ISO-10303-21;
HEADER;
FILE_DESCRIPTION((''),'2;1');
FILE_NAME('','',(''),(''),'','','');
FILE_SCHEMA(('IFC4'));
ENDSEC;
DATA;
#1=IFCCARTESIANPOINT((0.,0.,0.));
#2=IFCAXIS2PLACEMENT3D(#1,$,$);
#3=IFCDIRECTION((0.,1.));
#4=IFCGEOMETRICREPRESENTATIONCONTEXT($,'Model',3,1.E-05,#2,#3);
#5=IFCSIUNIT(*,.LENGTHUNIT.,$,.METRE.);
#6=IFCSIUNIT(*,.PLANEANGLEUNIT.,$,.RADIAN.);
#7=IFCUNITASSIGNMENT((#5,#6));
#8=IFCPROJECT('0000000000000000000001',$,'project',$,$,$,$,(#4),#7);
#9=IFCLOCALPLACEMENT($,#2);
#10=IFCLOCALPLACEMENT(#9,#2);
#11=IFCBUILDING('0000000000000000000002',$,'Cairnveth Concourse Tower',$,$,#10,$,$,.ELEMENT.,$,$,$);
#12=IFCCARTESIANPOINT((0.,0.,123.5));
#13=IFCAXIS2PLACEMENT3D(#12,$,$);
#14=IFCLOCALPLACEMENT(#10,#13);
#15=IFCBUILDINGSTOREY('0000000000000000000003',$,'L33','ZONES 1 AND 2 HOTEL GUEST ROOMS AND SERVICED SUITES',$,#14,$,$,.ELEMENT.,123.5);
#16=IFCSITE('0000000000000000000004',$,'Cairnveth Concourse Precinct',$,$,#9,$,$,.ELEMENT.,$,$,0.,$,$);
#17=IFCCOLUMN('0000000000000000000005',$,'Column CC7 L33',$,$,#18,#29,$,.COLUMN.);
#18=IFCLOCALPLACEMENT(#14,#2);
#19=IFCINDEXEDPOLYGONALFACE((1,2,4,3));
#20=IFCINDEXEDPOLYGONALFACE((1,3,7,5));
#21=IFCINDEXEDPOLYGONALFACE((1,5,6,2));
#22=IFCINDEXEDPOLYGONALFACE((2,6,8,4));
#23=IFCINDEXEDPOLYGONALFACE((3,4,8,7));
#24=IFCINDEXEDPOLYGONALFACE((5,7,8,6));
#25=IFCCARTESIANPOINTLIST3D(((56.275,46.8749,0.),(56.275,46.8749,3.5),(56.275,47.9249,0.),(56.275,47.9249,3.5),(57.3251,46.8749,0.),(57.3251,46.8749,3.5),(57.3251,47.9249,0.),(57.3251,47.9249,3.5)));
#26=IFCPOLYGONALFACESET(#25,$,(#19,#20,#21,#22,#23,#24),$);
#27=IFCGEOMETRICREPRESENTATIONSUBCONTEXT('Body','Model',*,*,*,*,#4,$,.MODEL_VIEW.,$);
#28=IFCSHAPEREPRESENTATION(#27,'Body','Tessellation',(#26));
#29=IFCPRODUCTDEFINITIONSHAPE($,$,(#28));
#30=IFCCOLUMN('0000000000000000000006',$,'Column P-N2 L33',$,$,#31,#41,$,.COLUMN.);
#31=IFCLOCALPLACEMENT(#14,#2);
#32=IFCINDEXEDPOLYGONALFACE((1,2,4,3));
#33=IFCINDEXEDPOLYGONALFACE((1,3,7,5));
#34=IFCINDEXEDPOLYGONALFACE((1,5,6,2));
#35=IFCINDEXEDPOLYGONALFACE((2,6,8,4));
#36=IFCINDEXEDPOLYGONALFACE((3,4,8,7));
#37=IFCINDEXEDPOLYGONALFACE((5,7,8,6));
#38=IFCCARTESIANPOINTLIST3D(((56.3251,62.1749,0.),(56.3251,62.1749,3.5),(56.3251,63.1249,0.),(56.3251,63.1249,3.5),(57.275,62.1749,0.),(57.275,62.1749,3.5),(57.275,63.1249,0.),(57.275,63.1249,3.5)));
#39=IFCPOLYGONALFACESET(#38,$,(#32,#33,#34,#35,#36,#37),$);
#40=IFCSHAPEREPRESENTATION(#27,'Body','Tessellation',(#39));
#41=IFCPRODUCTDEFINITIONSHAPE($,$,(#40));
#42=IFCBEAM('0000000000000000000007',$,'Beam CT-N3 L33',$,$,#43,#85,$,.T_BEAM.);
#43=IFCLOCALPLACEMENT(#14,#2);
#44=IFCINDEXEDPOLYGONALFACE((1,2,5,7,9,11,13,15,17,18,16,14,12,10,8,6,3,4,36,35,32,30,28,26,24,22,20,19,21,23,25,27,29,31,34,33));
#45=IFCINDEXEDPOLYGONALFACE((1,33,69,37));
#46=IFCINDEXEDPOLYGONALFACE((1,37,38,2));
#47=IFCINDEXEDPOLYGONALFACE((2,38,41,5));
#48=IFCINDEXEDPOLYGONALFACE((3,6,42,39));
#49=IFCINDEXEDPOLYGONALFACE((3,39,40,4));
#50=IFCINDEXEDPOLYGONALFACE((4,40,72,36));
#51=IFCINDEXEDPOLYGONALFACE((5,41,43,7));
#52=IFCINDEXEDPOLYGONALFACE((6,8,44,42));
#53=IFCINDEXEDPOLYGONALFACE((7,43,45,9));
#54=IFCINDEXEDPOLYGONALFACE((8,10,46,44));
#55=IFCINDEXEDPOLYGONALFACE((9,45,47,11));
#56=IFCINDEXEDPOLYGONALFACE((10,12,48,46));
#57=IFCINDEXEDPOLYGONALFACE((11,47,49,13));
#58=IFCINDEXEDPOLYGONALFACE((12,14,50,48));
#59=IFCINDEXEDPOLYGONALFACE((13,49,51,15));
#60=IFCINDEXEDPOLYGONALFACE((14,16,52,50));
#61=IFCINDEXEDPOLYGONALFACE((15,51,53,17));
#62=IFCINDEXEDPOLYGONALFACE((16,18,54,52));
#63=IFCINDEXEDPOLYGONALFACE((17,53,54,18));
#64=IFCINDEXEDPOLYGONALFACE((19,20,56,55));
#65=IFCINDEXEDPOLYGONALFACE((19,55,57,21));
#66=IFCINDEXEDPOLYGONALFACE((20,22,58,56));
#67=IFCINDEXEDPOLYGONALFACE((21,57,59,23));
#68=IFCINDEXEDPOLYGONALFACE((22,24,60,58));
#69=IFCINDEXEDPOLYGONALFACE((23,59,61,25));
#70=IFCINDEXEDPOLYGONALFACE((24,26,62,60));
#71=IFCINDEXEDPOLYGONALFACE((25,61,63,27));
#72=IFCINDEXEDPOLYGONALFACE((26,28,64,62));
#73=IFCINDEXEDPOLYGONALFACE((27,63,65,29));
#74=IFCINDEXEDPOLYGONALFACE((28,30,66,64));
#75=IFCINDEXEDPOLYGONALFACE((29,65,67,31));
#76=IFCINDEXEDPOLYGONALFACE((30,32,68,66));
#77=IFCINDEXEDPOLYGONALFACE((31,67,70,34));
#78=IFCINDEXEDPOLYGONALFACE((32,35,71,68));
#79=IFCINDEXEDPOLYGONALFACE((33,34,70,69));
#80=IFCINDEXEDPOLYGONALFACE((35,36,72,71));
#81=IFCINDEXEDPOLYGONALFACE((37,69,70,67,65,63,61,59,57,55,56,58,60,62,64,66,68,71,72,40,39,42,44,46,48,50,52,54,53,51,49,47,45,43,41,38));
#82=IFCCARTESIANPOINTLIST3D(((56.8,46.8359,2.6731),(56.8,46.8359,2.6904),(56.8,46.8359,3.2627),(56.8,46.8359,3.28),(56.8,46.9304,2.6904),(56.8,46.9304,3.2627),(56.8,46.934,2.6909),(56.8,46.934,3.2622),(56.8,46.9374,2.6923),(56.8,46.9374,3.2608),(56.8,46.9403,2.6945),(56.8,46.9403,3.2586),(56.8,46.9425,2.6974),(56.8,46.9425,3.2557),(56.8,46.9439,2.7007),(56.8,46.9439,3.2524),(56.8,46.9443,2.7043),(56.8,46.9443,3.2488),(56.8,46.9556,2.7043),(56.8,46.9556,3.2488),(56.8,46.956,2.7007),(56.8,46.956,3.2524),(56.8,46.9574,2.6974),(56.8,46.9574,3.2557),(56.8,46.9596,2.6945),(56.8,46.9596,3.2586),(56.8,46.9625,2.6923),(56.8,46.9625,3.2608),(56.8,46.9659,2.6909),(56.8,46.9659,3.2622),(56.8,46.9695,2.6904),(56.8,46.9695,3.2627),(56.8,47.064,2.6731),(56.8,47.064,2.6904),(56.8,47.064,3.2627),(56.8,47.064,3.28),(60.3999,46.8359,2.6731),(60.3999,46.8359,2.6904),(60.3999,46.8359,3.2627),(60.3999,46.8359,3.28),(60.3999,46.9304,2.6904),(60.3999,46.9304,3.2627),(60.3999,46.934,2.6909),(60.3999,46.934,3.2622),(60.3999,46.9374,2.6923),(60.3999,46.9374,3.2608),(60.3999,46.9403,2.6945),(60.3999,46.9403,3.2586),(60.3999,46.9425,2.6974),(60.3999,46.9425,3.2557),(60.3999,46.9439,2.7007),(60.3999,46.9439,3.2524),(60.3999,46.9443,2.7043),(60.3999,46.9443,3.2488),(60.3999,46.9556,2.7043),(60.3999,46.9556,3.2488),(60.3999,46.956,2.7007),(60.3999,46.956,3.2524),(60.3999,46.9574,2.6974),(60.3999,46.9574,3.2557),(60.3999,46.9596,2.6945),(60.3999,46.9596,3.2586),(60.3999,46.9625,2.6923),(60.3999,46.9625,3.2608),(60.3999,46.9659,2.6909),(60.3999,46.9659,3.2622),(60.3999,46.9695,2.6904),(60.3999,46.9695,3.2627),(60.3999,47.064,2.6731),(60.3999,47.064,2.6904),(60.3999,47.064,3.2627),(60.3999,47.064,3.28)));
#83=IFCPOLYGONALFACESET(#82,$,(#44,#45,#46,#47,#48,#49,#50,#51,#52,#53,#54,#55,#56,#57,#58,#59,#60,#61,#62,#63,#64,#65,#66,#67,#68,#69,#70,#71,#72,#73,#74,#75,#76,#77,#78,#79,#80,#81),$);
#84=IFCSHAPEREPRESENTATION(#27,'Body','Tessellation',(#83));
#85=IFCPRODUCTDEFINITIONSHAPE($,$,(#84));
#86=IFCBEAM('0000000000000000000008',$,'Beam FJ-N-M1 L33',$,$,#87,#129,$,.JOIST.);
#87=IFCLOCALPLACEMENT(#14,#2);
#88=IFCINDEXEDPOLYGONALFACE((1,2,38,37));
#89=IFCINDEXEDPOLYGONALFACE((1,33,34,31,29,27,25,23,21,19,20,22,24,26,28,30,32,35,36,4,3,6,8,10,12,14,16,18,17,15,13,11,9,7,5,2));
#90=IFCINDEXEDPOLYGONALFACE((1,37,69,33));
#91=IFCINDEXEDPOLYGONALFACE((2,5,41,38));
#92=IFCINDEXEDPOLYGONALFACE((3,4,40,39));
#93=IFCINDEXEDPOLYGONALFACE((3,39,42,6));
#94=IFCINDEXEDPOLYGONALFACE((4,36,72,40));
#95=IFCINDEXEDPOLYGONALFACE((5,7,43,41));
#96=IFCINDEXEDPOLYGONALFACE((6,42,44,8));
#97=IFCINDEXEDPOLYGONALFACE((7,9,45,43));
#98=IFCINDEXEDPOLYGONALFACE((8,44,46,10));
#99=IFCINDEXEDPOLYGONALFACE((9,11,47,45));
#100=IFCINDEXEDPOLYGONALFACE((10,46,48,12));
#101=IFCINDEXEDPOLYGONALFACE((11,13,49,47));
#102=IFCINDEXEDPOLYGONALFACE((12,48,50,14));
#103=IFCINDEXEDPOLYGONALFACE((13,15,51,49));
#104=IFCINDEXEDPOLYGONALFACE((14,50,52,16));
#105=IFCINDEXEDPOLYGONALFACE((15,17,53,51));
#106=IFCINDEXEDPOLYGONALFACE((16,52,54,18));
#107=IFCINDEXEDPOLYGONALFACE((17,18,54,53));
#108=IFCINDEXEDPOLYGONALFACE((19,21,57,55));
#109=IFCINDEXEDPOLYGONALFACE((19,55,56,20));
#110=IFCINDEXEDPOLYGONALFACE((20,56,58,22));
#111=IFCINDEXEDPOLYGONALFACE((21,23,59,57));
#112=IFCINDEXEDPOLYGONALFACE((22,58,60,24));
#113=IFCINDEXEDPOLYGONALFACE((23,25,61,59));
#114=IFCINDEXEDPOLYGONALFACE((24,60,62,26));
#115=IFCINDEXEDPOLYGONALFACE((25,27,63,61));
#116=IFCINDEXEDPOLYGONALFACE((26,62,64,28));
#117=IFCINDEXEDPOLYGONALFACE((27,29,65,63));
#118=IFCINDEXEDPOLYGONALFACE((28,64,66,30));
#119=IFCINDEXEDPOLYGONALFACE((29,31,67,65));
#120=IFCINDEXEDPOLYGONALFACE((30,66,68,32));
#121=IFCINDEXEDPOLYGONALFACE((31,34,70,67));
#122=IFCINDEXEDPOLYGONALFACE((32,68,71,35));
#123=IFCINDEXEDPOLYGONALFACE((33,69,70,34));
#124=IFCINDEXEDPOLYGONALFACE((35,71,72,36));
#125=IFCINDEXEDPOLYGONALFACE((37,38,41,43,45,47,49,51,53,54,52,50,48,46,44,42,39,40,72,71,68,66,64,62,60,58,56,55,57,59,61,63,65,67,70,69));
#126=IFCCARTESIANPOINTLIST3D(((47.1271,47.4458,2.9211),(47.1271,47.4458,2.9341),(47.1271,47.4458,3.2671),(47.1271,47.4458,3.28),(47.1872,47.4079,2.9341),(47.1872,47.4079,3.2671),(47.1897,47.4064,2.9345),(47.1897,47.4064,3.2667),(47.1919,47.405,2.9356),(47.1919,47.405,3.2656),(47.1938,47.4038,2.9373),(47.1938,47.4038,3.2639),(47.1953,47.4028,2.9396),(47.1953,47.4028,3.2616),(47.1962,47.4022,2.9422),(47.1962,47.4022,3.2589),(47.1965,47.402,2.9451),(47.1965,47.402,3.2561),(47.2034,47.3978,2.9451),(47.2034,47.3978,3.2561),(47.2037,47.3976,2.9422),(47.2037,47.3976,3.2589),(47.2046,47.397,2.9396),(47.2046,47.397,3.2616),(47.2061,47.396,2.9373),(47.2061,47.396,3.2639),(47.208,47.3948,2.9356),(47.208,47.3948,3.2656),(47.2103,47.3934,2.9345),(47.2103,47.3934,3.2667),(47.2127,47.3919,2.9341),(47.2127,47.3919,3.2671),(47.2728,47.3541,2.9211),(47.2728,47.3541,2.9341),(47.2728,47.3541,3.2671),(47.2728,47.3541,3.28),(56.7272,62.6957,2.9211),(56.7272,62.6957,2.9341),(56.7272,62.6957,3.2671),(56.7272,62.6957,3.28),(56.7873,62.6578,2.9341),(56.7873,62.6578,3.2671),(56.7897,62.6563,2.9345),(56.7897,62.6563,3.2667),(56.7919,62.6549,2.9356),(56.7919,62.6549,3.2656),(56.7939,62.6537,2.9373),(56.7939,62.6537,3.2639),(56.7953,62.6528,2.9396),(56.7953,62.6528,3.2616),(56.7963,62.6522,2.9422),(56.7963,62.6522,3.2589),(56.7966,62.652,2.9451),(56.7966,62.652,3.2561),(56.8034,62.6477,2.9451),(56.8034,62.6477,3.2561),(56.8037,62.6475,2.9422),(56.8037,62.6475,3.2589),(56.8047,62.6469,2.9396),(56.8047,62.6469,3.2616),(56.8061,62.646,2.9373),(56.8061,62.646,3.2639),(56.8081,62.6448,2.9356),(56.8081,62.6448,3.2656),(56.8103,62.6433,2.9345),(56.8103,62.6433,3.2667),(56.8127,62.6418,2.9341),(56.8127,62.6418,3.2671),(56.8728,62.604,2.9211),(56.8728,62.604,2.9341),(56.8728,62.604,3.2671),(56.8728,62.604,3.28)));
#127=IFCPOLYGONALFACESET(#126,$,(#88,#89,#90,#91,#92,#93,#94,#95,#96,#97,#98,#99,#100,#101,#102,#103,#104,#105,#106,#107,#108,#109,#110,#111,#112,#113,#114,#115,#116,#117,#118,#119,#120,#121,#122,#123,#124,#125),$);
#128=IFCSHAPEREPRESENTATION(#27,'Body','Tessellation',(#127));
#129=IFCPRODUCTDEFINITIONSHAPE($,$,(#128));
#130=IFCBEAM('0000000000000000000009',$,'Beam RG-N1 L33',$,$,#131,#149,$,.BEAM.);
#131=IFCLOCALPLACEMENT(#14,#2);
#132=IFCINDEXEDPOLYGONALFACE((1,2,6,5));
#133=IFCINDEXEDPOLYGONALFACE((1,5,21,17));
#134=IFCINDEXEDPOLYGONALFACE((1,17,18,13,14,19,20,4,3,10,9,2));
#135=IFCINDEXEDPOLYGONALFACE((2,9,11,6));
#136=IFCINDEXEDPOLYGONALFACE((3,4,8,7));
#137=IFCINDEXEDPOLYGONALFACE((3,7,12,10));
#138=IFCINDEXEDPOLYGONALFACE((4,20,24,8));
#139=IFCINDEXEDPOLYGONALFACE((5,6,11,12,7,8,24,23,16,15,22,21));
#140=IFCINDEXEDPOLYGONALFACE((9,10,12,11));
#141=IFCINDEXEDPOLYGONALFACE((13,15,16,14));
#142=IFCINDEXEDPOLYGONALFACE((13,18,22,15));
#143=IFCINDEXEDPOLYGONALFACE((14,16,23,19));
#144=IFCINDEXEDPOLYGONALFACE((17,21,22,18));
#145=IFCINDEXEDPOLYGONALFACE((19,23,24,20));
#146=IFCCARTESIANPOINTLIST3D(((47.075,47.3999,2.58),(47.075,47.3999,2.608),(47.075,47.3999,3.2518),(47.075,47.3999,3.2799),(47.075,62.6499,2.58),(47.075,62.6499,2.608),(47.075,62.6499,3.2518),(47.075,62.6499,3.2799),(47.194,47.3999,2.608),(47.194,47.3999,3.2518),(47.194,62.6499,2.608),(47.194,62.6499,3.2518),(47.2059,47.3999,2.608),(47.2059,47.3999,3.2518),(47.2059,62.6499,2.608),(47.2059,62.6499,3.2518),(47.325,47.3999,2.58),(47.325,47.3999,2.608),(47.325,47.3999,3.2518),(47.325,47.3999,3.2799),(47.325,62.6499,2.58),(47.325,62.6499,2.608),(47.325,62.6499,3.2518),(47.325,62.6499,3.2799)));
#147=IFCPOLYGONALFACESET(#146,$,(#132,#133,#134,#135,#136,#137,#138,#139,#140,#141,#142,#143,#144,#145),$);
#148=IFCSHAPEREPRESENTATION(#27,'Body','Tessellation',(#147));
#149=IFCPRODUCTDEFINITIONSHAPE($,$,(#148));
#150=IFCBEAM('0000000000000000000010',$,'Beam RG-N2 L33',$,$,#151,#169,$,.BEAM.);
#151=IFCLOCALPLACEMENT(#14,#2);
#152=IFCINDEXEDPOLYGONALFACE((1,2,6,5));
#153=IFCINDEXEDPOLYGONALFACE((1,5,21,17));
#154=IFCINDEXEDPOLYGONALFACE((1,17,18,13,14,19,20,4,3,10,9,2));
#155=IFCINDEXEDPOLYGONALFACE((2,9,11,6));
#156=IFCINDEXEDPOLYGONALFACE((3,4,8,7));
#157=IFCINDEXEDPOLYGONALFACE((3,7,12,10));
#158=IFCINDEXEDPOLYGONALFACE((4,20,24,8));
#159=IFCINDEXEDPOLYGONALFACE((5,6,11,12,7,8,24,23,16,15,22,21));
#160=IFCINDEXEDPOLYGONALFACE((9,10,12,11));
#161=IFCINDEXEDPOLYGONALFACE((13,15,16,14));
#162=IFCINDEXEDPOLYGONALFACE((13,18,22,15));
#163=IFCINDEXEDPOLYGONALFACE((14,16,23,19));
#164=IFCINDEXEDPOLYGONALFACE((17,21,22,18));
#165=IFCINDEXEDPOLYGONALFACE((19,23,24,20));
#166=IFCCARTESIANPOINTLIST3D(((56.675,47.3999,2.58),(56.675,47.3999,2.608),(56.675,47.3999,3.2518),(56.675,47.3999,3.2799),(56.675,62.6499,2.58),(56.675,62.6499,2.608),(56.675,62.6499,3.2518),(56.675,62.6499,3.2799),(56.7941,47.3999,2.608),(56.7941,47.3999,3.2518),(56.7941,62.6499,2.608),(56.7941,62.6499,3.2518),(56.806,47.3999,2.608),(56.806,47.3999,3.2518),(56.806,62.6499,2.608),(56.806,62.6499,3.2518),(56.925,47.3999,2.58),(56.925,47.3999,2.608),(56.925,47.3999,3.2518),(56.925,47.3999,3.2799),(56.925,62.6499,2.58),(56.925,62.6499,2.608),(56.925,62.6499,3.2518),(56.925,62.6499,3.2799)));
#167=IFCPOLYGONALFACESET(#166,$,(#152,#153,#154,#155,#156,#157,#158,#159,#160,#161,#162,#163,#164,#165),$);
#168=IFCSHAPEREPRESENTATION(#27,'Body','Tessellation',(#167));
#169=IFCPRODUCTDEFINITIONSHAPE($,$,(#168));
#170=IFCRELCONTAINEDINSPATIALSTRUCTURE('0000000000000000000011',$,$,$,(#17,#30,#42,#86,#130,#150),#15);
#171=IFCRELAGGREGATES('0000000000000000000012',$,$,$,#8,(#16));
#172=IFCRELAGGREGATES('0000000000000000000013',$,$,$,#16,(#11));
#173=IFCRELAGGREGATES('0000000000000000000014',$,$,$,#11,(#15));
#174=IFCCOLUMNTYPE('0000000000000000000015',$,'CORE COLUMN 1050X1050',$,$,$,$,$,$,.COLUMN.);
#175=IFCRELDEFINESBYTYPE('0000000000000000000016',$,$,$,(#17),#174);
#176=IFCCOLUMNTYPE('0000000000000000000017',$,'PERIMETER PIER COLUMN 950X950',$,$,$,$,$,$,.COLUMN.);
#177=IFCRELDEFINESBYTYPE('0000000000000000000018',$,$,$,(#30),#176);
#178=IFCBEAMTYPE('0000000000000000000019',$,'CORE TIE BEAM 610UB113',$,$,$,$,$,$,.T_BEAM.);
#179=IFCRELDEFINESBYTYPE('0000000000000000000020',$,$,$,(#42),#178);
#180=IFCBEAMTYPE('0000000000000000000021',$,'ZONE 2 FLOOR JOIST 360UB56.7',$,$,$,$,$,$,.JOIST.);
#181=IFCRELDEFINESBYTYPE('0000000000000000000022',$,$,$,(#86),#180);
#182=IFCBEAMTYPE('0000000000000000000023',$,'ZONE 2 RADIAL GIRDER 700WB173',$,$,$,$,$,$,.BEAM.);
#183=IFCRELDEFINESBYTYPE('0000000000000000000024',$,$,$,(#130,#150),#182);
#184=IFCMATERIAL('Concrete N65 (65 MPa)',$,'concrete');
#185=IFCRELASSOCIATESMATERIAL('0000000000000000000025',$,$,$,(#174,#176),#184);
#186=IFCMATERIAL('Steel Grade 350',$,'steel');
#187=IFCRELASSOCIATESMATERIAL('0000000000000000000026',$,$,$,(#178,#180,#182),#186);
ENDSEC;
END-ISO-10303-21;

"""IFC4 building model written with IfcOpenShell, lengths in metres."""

from ifc_helpers import new_model, si_unit, direction, frame, origin, origin_2d, place, context, subcontext, project, spatial, rectangle, i_section, extrude, material, material_profile, profile_set, type_object, element, save


model = new_model("IFC4")

# Units and contexts
model_context = context("Model", 3, precision=1e-05, world=origin(), true_north=direction((0.0, 1.0)))
body_context = subcontext(model_context, "Body", "Model", "MODEL_VIEW")
ifc_project = project(units=[si_unit("LENGTHUNIT", "METRE"), si_unit("PLANEANGLEUNIT", "RADIAN")], contexts=[model_context])

# Site, building, storey
site_placement = place(None, origin())
site = spatial("IfcSite", under=ifc_project, at=site_placement, Name="Cairnveth Concourse Precinct", CompositionType="ELEMENT", RefElevation=0.0)
building_placement = place(site_placement, origin())
building = spatial("IfcBuilding", under=site, at=building_placement, Name="Cairnveth Concourse Tower", CompositionType="ELEMENT")
storey_placement = place(building_placement, frame((0.0, 0.0, 123.5)))
storey = spatial("IfcBuildingStorey", under=building, at=storey_placement, Name="L33", Description="ZONES 1 AND 2 HOTEL GUEST ROOMS AND SERVICED SUITES", CompositionType="ELEMENT", Elevation=123.5)

# Columns
ifc_material_1 = material(Name="Concrete N65 (65 MPa)", Category="concrete")
ifc_material_profile_1 = material_profile(ifc_material_1, rectangle(XDim=1.05, YDim=1.05, at=origin_2d()), Name="RC-COL-1050x1050")
ifc_profile_set_1 = profile_set([ifc_material_profile_1], Name="Concrete N65 (65 MPa)")
column_type_1 = type_object("IfcColumnType", Name="CORE COLUMN 1050X1050", PredefinedType="COLUMN", material=ifc_profile_set_1)
column_1_placement = place(storey_placement, frame((56.8, 47.3999, 0.0), z_axis=(0.0, 0.0, 1.0), x_axis=(1.0, 0.0, 0.0)))
element("IfcColumn", 1, at=column_1_placement, inside=storey, type_object=column_type_1, Name="Column CC7 L33", PredefinedType="COLUMN", context=body_context, shape_type="SweptSolid", body=[
    extrude(rectangle(XDim=1.05, YDim=1.05, at=origin_2d()), origin(), (0.0, 0.0, 1.0), 3.5),
])
ifc_material_profile_2 = material_profile(ifc_material_1, rectangle(XDim=0.95, YDim=0.95, at=origin_2d()), Name="RC-COL-950x950")
ifc_profile_set_2 = profile_set([ifc_material_profile_2], Name="Concrete N65 (65 MPa)")
column_type_2 = type_object("IfcColumnType", Name="PERIMETER PIER COLUMN 950X950", PredefinedType="COLUMN", material=ifc_profile_set_2)
column_2_placement = place(storey_placement, frame((56.8, 62.6499, 0.0), z_axis=(0.0, 0.0, 1.0), x_axis=(1.0, 0.0, 0.0)))
element("IfcColumn", 2, at=column_2_placement, inside=storey, type_object=column_type_2, Name="Column P-N2 L33", PredefinedType="COLUMN", context=body_context, shape_type="SweptSolid", body=[
    extrude(rectangle(XDim=0.95, YDim=0.95, at=origin_2d()), origin(), (0.0, 0.0, 1.0), 3.5),
])

# Beams
ifc_material_2 = material(Name="Steel Grade 350", Category="steel")
ifc_material_profile_3 = material_profile(ifc_material_2, i_section(OverallWidth=0.228, OverallDepth=0.6069, WebThickness=0.0112, FlangeThickness=0.0173, FilletRadius=0.0139, at=origin_2d()), Name="610UB113")
ifc_profile_set_3 = profile_set([ifc_material_profile_3], Name="Steel Grade 350")
beam_type_1 = type_object("IfcBeamType", Name="CORE TIE BEAM 610UB113", PredefinedType="T_BEAM", material=ifc_profile_set_3)
beam_1_placement = place(storey_placement, frame((56.8, 46.95, 2.9766), z_axis=(1.0, 0.0, 0.0), x_axis=(0.0, 1.0, 0.0)))
element("IfcBeam", 3, at=beam_1_placement, inside=storey, type_object=beam_type_1, Name="Beam CT-N3 L33", PredefinedType="T_BEAM", context=body_context, shape_type="SweptSolid", body=[
    extrude(i_section(OverallWidth=0.228, OverallDepth=0.6069, WebThickness=0.0112, FlangeThickness=0.0173, FilletRadius=0.0139, at=origin_2d()), origin(), (0.0, 0.0, 1.0), 3.5999),
])
ifc_material_profile_4 = material_profile(ifc_material_2, i_section(OverallWidth=0.1721, OverallDepth=0.3589, WebThickness=0.0081, FlangeThickness=0.0129, FilletRadius=0.011, at=origin_2d()), Name="360UB56.7")
ifc_profile_set_4 = profile_set([ifc_material_profile_4], Name="Steel Grade 350")
beam_type_2 = type_object("IfcBeamType", Name="ZONE 2 FLOOR JOIST 360UB56.7", PredefinedType="JOIST", material=ifc_profile_set_4)
beam_2_placement = place(storey_placement, frame((47.2, 47.3999, 3.1006), z_axis=(0.532744, 0.846277, 0.0), x_axis=(-0.846277, 0.532744, 0.0)))
element("IfcBeam", 4, at=beam_2_placement, inside=storey, type_object=beam_type_2, Name="Beam FJ-N-M1 L33", PredefinedType="JOIST", context=body_context, shape_type="SweptSolid", body=[
    extrude(i_section(OverallWidth=0.1721, OverallDepth=0.3589, WebThickness=0.0081, FlangeThickness=0.0129, FilletRadius=0.011, at=origin_2d()), origin(), (0.0, 0.0, 1.0), 18.02),
])
ifc_material_profile_5 = material_profile(ifc_material_2, i_section(OverallWidth=0.25, OverallDepth=0.7, WebThickness=0.012, FlangeThickness=0.0281, at=origin_2d()), Name="700WB173")
ifc_profile_set_5 = profile_set([ifc_material_profile_5], Name="Steel Grade 350")
beam_type_3 = type_object("IfcBeamType", Name="ZONE 2 RADIAL GIRDER 700WB173", PredefinedType="BEAM", material=ifc_profile_set_5)
for number, where, z_axis, x_axis, name in (
    (5, (47.2, 47.3999, 2.9299), (0.0, 1.0, 0.0), (-1.0, 0.0, 0.0), "Beam RG-N1 L33"),
    (6, (56.8, 47.3999, 2.9299), (0.0, 1.0, 0.0), (-1.0, 0.0, 0.0), "Beam RG-N2 L33"),
):
    element("IfcBeam", number, at=place(storey_placement, frame(where, z_axis=z_axis, x_axis=x_axis)), inside=storey, type_object=beam_type_3, Name=name, PredefinedType="BEAM", context=body_context, shape_type="SweptSolid", body=[
        extrude(i_section(OverallWidth=0.25, OverallDepth=0.7, WebThickness=0.012, FlangeThickness=0.0281, at=origin_2d()), origin(), (0.0, 0.0, 1.0), 15.25),
    ])

save(model, "model.ifc")
